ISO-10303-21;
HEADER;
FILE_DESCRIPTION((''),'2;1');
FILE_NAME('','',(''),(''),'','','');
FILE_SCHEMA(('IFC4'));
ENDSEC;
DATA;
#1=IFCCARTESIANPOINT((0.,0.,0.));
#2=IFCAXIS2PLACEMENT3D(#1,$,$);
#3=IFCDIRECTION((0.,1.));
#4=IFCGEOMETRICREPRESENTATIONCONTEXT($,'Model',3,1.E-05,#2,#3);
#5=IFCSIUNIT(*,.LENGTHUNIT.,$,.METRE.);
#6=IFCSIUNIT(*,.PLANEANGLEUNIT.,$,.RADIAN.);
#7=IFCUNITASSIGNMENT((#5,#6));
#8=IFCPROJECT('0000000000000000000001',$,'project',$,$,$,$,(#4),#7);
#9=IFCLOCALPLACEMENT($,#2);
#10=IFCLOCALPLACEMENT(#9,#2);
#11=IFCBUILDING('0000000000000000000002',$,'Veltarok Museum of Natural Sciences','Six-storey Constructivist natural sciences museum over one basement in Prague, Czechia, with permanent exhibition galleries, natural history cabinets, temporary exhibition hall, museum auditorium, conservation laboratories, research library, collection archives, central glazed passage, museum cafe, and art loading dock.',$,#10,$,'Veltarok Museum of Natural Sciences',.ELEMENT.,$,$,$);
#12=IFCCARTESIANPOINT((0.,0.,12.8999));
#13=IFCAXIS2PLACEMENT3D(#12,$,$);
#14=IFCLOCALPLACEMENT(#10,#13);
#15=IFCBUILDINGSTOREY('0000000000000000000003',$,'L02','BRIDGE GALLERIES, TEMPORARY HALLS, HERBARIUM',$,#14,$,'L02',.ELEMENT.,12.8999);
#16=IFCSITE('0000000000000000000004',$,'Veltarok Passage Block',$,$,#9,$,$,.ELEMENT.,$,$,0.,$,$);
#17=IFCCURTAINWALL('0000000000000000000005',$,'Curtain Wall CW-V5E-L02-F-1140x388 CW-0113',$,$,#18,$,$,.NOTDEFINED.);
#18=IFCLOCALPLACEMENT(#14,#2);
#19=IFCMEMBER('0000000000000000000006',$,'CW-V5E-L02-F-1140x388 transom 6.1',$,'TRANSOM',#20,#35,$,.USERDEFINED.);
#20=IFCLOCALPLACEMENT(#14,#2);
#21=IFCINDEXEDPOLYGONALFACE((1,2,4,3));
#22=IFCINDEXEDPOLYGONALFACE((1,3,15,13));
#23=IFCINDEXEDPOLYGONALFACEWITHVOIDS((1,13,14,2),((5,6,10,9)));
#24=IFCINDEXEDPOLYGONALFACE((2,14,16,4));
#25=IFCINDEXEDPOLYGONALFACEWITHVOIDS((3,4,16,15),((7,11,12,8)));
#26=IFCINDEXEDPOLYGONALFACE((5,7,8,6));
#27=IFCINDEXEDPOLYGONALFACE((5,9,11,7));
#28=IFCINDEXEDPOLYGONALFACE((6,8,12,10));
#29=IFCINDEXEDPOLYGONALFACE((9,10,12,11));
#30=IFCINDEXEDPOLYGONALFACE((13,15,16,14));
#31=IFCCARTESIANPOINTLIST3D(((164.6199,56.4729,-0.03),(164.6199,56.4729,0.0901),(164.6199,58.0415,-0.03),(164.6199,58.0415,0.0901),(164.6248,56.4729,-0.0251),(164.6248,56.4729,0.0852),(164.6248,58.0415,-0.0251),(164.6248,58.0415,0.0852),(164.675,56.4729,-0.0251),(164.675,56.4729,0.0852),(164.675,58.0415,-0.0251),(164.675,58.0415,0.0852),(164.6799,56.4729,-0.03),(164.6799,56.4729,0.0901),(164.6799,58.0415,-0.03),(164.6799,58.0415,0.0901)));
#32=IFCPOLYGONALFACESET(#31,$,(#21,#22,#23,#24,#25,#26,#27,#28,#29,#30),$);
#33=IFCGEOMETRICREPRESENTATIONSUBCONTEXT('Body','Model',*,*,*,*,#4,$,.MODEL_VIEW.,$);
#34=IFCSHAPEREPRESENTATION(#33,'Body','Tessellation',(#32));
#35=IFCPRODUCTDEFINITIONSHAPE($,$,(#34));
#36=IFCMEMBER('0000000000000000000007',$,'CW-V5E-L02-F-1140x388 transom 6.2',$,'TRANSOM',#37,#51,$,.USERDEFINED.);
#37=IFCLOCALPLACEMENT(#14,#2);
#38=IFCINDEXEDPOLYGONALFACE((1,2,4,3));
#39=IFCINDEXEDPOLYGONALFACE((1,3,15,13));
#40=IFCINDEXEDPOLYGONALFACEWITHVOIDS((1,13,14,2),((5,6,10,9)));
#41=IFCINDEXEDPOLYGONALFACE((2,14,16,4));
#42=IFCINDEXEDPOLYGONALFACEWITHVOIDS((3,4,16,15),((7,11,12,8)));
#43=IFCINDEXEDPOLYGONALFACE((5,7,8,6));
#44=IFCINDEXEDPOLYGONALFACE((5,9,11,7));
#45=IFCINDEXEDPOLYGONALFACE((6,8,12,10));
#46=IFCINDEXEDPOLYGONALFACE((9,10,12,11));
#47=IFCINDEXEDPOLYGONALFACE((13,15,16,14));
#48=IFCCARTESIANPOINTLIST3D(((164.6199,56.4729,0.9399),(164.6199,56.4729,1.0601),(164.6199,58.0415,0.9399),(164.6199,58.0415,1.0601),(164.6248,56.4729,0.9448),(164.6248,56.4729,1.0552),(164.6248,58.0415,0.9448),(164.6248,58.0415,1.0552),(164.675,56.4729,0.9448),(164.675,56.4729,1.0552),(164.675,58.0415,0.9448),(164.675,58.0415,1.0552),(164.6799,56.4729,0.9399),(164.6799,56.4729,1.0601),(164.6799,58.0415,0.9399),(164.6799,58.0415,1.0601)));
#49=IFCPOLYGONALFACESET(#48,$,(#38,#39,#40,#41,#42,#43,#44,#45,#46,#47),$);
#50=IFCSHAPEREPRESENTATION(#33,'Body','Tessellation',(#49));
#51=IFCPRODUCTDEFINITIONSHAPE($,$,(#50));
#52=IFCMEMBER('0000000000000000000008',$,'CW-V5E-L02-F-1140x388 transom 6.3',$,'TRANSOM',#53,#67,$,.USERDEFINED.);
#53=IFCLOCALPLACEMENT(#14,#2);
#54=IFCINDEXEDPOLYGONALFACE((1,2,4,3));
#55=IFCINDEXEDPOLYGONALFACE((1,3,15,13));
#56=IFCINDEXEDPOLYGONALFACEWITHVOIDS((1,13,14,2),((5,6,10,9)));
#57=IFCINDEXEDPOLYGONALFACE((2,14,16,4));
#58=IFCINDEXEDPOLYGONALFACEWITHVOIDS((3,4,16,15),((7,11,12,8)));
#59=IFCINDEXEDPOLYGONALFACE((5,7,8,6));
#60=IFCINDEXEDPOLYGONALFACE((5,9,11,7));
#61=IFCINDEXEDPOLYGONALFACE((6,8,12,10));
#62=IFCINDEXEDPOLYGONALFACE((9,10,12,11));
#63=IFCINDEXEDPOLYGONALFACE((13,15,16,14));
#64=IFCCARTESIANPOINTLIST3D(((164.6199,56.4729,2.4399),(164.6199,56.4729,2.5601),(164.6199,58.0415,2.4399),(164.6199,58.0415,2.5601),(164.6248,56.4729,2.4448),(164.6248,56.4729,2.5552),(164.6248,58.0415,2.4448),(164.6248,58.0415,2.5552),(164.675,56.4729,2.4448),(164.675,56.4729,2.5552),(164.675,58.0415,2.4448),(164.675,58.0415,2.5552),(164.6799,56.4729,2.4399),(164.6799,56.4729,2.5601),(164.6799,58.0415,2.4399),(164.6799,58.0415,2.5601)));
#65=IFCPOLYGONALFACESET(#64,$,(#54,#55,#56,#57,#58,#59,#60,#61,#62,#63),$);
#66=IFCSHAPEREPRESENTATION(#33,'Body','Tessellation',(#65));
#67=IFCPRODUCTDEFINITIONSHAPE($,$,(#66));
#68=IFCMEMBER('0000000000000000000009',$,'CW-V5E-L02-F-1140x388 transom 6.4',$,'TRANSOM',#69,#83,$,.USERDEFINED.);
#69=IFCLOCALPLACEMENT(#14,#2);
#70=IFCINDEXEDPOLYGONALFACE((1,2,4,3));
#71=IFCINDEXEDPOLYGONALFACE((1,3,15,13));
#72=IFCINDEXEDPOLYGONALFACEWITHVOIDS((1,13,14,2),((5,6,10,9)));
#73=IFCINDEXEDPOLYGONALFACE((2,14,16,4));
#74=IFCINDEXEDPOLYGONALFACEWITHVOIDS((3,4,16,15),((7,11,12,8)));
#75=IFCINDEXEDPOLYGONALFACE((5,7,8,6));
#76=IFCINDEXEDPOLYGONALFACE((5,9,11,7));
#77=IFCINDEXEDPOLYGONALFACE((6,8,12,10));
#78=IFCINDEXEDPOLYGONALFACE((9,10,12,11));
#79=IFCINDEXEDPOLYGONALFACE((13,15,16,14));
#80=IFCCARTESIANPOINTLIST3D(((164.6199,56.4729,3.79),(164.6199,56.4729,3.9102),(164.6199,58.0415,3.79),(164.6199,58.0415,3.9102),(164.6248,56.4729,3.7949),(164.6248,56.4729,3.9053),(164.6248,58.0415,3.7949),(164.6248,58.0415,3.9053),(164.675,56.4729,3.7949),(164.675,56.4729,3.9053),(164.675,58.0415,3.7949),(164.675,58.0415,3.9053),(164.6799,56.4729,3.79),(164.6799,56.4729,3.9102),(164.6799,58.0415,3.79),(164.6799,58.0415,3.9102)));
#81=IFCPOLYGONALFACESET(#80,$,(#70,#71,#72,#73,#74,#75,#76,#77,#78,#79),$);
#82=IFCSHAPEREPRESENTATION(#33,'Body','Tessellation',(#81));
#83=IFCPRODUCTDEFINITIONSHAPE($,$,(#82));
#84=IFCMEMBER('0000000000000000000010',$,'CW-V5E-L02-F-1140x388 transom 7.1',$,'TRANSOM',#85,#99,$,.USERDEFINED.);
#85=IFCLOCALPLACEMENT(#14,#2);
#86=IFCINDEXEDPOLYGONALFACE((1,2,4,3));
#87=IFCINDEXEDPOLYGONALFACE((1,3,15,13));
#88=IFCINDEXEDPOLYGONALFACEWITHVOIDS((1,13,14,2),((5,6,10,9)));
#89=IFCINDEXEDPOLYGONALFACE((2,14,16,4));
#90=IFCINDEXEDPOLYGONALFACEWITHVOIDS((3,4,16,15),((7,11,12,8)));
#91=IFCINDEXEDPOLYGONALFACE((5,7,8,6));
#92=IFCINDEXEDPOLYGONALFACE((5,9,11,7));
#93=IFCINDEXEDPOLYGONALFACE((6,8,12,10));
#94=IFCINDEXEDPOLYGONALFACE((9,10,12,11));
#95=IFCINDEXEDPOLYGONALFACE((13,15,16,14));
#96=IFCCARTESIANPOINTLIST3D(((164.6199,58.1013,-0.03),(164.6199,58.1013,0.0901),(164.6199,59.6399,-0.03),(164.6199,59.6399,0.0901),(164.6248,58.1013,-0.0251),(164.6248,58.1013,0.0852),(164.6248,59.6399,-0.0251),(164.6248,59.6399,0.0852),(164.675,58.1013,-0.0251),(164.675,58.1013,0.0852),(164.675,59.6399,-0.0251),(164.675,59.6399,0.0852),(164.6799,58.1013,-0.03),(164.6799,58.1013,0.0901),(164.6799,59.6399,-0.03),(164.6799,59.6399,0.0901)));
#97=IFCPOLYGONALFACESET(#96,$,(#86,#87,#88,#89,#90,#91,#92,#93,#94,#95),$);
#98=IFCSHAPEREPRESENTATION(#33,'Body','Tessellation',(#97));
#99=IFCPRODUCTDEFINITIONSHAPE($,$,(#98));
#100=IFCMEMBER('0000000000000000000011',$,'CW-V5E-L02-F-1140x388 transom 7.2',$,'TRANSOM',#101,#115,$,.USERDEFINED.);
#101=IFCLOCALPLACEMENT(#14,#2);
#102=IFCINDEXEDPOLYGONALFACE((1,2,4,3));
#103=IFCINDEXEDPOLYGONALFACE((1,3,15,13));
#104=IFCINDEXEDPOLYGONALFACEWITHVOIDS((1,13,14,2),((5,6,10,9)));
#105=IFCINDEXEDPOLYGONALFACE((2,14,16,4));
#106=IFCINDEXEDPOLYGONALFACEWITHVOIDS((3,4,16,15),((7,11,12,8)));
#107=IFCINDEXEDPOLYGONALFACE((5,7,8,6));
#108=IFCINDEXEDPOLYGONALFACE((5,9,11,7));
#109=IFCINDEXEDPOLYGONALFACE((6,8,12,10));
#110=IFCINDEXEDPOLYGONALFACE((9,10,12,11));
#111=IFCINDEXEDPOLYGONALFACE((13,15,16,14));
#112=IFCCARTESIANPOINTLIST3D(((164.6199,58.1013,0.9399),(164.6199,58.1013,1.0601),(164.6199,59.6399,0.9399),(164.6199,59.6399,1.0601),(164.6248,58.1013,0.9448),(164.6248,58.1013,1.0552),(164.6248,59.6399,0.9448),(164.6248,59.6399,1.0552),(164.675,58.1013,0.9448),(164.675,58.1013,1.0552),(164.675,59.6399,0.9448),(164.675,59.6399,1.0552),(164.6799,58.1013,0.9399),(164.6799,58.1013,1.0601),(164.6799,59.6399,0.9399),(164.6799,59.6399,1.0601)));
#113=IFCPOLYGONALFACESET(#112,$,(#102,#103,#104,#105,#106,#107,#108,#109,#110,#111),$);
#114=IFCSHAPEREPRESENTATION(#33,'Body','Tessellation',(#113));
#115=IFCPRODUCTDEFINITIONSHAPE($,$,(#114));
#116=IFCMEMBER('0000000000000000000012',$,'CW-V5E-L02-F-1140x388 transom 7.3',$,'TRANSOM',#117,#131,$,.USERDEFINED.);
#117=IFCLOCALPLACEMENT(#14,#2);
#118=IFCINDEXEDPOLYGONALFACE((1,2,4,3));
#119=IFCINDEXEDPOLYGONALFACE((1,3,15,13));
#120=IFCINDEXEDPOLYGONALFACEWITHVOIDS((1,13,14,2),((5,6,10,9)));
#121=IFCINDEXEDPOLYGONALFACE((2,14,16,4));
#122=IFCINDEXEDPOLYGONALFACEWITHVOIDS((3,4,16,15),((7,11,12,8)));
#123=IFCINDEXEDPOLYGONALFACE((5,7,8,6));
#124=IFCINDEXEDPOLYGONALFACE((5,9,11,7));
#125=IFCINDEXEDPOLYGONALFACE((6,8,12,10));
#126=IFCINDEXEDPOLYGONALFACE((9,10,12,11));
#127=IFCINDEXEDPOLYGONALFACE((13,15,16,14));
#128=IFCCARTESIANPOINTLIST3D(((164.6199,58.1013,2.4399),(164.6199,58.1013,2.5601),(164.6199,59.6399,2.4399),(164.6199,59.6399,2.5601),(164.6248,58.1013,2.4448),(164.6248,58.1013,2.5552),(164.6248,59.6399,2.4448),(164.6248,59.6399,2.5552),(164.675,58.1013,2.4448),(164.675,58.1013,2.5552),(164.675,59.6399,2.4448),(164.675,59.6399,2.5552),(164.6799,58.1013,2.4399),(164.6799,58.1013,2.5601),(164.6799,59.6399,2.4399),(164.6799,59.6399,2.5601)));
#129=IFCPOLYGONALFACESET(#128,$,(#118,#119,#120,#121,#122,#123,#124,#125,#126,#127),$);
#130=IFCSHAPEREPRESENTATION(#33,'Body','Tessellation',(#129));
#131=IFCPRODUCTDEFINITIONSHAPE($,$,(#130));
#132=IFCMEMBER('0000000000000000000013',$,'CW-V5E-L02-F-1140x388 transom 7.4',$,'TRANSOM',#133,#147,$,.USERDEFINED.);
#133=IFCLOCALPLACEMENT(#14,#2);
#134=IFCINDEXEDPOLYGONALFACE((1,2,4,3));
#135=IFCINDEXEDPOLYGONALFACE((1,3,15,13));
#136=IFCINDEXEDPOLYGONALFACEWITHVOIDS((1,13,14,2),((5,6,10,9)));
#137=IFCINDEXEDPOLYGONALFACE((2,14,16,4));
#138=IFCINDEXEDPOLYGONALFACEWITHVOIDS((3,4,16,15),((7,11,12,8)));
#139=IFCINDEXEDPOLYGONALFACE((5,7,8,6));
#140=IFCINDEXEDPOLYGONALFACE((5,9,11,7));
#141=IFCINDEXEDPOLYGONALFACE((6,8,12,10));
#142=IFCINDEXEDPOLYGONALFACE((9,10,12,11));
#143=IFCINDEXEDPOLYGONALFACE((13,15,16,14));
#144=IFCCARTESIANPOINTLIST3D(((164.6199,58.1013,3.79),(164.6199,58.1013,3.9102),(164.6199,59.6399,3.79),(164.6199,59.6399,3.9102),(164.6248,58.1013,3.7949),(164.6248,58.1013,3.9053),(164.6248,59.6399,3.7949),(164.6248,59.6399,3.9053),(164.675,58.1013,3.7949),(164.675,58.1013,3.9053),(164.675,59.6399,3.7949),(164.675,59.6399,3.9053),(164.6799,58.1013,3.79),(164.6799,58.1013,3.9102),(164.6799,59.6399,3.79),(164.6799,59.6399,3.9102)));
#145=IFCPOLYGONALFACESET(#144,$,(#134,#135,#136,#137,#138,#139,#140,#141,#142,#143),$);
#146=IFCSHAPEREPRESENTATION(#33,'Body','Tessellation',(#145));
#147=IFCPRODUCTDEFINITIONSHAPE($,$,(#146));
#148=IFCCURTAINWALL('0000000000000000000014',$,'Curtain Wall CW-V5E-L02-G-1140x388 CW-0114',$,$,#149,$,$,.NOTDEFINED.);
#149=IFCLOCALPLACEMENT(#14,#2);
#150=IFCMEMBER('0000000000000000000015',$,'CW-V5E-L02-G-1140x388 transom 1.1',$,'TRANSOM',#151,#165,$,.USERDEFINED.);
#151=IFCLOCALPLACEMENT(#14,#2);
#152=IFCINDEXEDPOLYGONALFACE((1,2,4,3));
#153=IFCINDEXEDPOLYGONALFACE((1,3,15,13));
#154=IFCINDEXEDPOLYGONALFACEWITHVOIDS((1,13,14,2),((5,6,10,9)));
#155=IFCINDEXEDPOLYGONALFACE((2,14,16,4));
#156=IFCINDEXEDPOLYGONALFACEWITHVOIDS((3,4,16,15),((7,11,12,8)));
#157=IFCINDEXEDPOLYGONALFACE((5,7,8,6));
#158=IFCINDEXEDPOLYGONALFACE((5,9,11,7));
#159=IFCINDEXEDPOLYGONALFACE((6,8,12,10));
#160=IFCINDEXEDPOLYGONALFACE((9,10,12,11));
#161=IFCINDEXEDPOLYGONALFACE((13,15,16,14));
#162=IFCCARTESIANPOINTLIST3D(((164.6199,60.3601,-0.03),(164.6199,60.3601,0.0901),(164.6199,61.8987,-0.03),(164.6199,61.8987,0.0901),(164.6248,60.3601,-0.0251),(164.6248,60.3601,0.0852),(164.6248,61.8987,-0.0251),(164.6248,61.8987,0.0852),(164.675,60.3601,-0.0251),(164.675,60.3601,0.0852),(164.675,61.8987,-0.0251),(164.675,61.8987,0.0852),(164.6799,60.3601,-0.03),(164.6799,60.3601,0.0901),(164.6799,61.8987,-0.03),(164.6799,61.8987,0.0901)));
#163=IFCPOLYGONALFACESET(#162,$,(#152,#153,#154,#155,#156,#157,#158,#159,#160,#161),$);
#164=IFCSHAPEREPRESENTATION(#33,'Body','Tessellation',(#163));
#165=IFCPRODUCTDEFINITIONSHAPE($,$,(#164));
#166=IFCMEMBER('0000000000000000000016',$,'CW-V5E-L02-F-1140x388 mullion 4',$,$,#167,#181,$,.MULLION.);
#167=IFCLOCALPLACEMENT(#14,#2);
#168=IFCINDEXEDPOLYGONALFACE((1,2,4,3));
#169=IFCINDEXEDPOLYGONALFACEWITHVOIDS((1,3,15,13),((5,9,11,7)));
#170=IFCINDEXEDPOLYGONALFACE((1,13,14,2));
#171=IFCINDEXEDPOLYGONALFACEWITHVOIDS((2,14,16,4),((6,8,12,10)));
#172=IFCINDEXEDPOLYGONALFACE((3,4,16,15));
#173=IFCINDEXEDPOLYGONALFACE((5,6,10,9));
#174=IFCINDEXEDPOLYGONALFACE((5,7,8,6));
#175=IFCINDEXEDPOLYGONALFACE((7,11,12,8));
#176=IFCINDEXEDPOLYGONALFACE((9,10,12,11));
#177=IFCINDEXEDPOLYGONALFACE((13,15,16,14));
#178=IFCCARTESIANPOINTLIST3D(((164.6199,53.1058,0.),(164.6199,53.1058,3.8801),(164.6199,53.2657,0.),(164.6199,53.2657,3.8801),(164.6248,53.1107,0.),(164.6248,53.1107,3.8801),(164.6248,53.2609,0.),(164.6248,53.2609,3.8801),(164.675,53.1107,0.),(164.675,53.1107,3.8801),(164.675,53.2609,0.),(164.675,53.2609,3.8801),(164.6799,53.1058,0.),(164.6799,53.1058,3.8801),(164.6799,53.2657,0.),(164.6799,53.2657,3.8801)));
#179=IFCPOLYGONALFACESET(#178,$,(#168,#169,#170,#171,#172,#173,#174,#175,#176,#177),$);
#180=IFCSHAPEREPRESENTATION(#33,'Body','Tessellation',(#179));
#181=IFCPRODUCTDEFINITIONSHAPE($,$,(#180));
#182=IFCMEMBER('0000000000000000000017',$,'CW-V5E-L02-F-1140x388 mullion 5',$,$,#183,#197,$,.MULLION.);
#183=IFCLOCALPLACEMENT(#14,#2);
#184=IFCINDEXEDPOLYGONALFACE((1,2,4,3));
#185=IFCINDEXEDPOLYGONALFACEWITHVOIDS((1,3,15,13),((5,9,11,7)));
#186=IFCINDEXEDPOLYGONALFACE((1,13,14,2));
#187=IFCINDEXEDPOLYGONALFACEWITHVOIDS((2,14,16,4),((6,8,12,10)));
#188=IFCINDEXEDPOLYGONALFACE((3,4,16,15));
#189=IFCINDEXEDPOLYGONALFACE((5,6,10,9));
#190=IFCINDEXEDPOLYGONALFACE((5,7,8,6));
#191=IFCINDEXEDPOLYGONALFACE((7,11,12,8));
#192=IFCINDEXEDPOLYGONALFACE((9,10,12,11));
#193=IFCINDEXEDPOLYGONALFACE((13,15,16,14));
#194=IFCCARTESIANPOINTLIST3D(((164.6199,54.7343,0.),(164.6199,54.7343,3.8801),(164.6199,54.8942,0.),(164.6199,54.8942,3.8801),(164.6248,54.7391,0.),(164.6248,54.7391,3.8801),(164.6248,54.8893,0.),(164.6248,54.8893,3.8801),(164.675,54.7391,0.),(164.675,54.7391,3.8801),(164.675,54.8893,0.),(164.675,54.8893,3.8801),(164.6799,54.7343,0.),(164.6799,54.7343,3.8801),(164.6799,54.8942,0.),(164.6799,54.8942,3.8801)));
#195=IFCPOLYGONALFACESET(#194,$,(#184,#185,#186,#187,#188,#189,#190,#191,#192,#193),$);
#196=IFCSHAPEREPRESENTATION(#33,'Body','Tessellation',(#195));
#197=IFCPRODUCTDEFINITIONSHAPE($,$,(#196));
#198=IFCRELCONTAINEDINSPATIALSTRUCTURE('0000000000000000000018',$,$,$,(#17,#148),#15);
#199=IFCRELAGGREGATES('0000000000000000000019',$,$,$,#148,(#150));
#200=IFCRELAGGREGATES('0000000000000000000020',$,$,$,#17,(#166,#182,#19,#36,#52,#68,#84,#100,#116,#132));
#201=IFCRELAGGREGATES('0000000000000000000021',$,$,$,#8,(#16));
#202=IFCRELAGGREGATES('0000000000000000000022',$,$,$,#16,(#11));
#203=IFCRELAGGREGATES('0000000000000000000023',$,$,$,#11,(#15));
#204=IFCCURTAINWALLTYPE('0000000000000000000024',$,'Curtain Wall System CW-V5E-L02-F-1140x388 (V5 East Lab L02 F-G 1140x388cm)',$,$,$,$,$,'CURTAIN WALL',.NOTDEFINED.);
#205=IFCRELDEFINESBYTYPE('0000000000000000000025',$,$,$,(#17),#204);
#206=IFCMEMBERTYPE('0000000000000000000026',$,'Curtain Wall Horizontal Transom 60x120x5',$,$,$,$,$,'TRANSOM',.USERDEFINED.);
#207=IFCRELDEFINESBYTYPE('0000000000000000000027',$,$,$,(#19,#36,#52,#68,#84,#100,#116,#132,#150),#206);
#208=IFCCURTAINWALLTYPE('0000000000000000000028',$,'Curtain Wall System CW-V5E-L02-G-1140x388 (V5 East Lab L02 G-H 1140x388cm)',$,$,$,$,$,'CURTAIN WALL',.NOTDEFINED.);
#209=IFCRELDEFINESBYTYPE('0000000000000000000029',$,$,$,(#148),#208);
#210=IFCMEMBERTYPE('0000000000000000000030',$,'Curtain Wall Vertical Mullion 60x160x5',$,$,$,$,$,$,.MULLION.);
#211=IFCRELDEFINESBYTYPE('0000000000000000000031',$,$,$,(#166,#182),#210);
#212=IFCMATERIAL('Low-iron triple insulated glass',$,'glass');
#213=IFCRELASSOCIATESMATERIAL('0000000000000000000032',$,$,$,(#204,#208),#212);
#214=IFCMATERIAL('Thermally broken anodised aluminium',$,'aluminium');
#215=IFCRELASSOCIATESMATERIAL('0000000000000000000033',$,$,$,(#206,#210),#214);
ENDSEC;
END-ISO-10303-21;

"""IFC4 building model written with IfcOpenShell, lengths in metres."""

from ifc_helpers import new_model, si_unit, direction, frame, origin, origin_2d, place, context, subcontext, project, spatial, hollow_rectangle, extrude, material, material_profile, profile_set, type_object, element, aggregate, save


model = new_model("IFC4")

# Units and contexts
model_context = context("Model", 3, precision=1e-05, world=origin(), true_north=direction((0.0, 1.0)))
body_context = subcontext(model_context, "Body", "Model", "MODEL_VIEW")
ifc_project = project(units=[si_unit("LENGTHUNIT", "METRE"), si_unit("PLANEANGLEUNIT", "RADIAN")], contexts=[model_context])

# Site, building, storey
site_placement = place(None, origin())
site = spatial("IfcSite", under=ifc_project, at=site_placement, Name="Veltarok Passage Block", CompositionType="ELEMENT", RefElevation=0.0)
building_placement = place(site_placement, origin())
building = spatial("IfcBuilding", under=site, at=building_placement, Name="Veltarok Museum of Natural Sciences", Description="Six-storey Constructivist natural sciences museum over one basement in Prague, Czechia, with permanent exhibition galleries, natural history cabinets, temporary exhibition hall, museum auditorium, conservation laboratories, research library, collection archives, central glazed passage, museum cafe, and art loading dock.", LongName="Veltarok Museum of Natural Sciences", CompositionType="ELEMENT")
storey_placement = place(building_placement, frame((0.0, 0.0, 12.8999)))
storey = spatial("IfcBuildingStorey", under=building, at=storey_placement, Name="L02", Description="BRIDGE GALLERIES, TEMPORARY HALLS, HERBARIUM", LongName="L02", CompositionType="ELEMENT", Elevation=12.8999)

# Curtain wall, members
ifc_material_1 = material(Name="Low-iron triple insulated glass", Category="glass")
curtain_wall_type_1 = type_object("IfcCurtainWallType", Name="Curtain Wall System CW-V5E-L02-F-1140x388 (V5 East Lab L02 F-G 1140x388cm)", ElementType="CURTAIN WALL", PredefinedType="NOTDEFINED", material=ifc_material_1)
curtain_wall_1_placement = place(storey_placement, origin())
curtain_wall_1 = element("IfcCurtainWall", 1, at=curtain_wall_1_placement, inside=storey, type_object=curtain_wall_type_1, Name="Curtain Wall CW-V5E-L02-F-1140x388 CW-0113", PredefinedType="NOTDEFINED")
ifc_material_2 = material(Name="Thermally broken anodised aluminium", Category="aluminium")
ifc_material_profile_1 = material_profile(ifc_material_2, hollow_rectangle(XDim=0.0601, YDim=0.1201, WallThickness=0.0049, at=origin_2d()), Name="CW TRANSOM 60x120x5")
ifc_profile_set_1 = profile_set([ifc_material_profile_1], Name="Thermally broken anodised aluminium")
member_type_1 = type_object("IfcMemberType", Name="Curtain Wall Horizontal Transom 60x120x5", ElementType="TRANSOM", PredefinedType="USERDEFINED", material=ifc_profile_set_1)
member_1_placement = place(storey_placement, frame((164.6499, 56.4729, 0.03), z_axis=(0.0, 1.0, 0.0), x_axis=(-1.0, 0.0, 0.0)))
member_1 = element("IfcMember", 2, at=member_1_placement, type_object=member_type_1, Name="CW-V5E-L02-F-1140x388 transom 6.1", ObjectType="TRANSOM", PredefinedType="USERDEFINED", context=body_context, shape_type="SweptSolid", body=[
    extrude(hollow_rectangle(XDim=0.0601, YDim=0.1201, WallThickness=0.0049, at=origin_2d()), origin(), (0.0, 0.0, 1.0), 1.5686),
])
member_2_placement = place(storey_placement, frame((164.6499, 56.4729, 1.0), z_axis=(0.0, 1.0, 0.0), x_axis=(-1.0, 0.0, 0.0)))
member_2 = element("IfcMember", 3, at=member_2_placement, type_object=member_type_1, Name="CW-V5E-L02-F-1140x388 transom 6.2", ObjectType="TRANSOM", PredefinedType="USERDEFINED", context=body_context, shape_type="SweptSolid", body=[
    extrude(hollow_rectangle(XDim=0.0601, YDim=0.1201, WallThickness=0.0049, at=origin_2d()), origin(), (0.0, 0.0, 1.0), 1.5686),
])
member_3_placement = place(storey_placement, frame((164.6499, 56.4729, 2.5), z_axis=(0.0, 1.0, 0.0), x_axis=(-1.0, 0.0, 0.0)))
member_3 = element("IfcMember", 4, at=member_3_placement, type_object=member_type_1, Name="CW-V5E-L02-F-1140x388 transom 6.3", ObjectType="TRANSOM", PredefinedType="USERDEFINED", context=body_context, shape_type="SweptSolid", body=[
    extrude(hollow_rectangle(XDim=0.0601, YDim=0.1201, WallThickness=0.0049, at=origin_2d()), origin(), (0.0, 0.0, 1.0), 1.5686),
])
member_4_placement = place(storey_placement, frame((164.6499, 56.4729, 3.8501), z_axis=(0.0, 1.0, 0.0), x_axis=(-1.0, 0.0, 0.0)))
member_4 = element("IfcMember", 5, at=member_4_placement, type_object=member_type_1, Name="CW-V5E-L02-F-1140x388 transom 6.4", ObjectType="TRANSOM", PredefinedType="USERDEFINED", context=body_context, shape_type="SweptSolid", body=[
    extrude(hollow_rectangle(XDim=0.0601, YDim=0.1201, WallThickness=0.0049, at=origin_2d()), origin(), (0.0, 0.0, 1.0), 1.5686),
])
member_5_placement = place(storey_placement, frame((164.6499, 58.1013, 0.03), z_axis=(0.0, 1.0, 0.0), x_axis=(-1.0, 0.0, 0.0)))
member_5 = element("IfcMember", 6, at=member_5_placement, type_object=member_type_1, Name="CW-V5E-L02-F-1140x388 transom 7.1", ObjectType="TRANSOM", PredefinedType="USERDEFINED", context=body_context, shape_type="SweptSolid", body=[
    extrude(hollow_rectangle(XDim=0.0601, YDim=0.1201, WallThickness=0.0049, at=origin_2d()), origin(), (0.0, 0.0, 1.0), 1.5386),
])
member_6_placement = place(storey_placement, frame((164.6499, 58.1013, 1.0), z_axis=(0.0, 1.0, 0.0), x_axis=(-1.0, 0.0, 0.0)))
member_6 = element("IfcMember", 7, at=member_6_placement, type_object=member_type_1, Name="CW-V5E-L02-F-1140x388 transom 7.2", ObjectType="TRANSOM", PredefinedType="USERDEFINED", context=body_context, shape_type="SweptSolid", body=[
    extrude(hollow_rectangle(XDim=0.0601, YDim=0.1201, WallThickness=0.0049, at=origin_2d()), origin(), (0.0, 0.0, 1.0), 1.5386),
])
member_7_placement = place(storey_placement, frame((164.6499, 58.1013, 2.5), z_axis=(0.0, 1.0, 0.0), x_axis=(-1.0, 0.0, 0.0)))
member_7 = element("IfcMember", 8, at=member_7_placement, type_object=member_type_1, Name="CW-V5E-L02-F-1140x388 transom 7.3", ObjectType="TRANSOM", PredefinedType="USERDEFINED", context=body_context, shape_type="SweptSolid", body=[
    extrude(hollow_rectangle(XDim=0.0601, YDim=0.1201, WallThickness=0.0049, at=origin_2d()), origin(), (0.0, 0.0, 1.0), 1.5386),
])
member_8_placement = place(storey_placement, frame((164.6499, 58.1013, 3.8501), z_axis=(0.0, 1.0, 0.0), x_axis=(-1.0, 0.0, 0.0)))
member_8 = element("IfcMember", 9, at=member_8_placement, type_object=member_type_1, Name="CW-V5E-L02-F-1140x388 transom 7.4", ObjectType="TRANSOM", PredefinedType="USERDEFINED", context=body_context, shape_type="SweptSolid", body=[
    extrude(hollow_rectangle(XDim=0.0601, YDim=0.1201, WallThickness=0.0049, at=origin_2d()), origin(), (0.0, 0.0, 1.0), 1.5386),
])

# Curtain wall, member
curtain_wall_type_2 = type_object("IfcCurtainWallType", Name="Curtain Wall System CW-V5E-L02-G-1140x388 (V5 East Lab L02 G-H 1140x388cm)", ElementType="CURTAIN WALL", PredefinedType="NOTDEFINED", material=ifc_material_1)
curtain_wall_2_placement = place(storey_placement, origin())
curtain_wall_2 = element("IfcCurtainWall", 10, at=curtain_wall_2_placement, inside=storey, type_object=curtain_wall_type_2, Name="Curtain Wall CW-V5E-L02-G-1140x388 CW-0114", PredefinedType="NOTDEFINED")
member_9_placement = place(storey_placement, frame((164.6499, 60.3601, 0.03), z_axis=(0.0, 1.0, 0.0), x_axis=(-1.0, 0.0, 0.0)))
member_9 = element("IfcMember", 11, at=member_9_placement, type_object=member_type_1, Name="CW-V5E-L02-G-1140x388 transom 1.1", ObjectType="TRANSOM", PredefinedType="USERDEFINED", context=body_context, shape_type="SweptSolid", body=[
    extrude(hollow_rectangle(XDim=0.0601, YDim=0.1201, WallThickness=0.0049, at=origin_2d()), origin(), (0.0, 0.0, 1.0), 1.5386),
])

# Members
ifc_material_profile_2 = material_profile(ifc_material_2, hollow_rectangle(XDim=0.0601, YDim=0.1599, WallThickness=0.0049, at=origin_2d()), Name="CW MULLION 60x160x5")
ifc_profile_set_2 = profile_set([ifc_material_profile_2], Name="Thermally broken anodised aluminium")
member_type_2 = type_object("IfcMemberType", Name="Curtain Wall Vertical Mullion 60x160x5", PredefinedType="MULLION", material=ifc_profile_set_2)
member_10_placement = place(storey_placement, frame((164.6499, 53.1858, 0.0), z_axis=(0.0, 0.0, 1.0), x_axis=(-1.0, 0.0, 0.0)))
member_10 = element("IfcMember", 12, at=member_10_placement, type_object=member_type_2, Name="CW-V5E-L02-F-1140x388 mullion 4", PredefinedType="MULLION", context=body_context, shape_type="SweptSolid", body=[
    extrude(hollow_rectangle(XDim=0.0601, YDim=0.1599, WallThickness=0.0049, at=origin_2d()), origin(), (0.0, 0.0, 1.0), 3.8801),
])
member_11_placement = place(storey_placement, frame((164.6499, 54.8142, 0.0), z_axis=(0.0, 0.0, 1.0), x_axis=(-1.0, 0.0, 0.0)))
member_11 = element("IfcMember", 13, at=member_11_placement, type_object=member_type_2, Name="CW-V5E-L02-F-1140x388 mullion 5", PredefinedType="MULLION", context=body_context, shape_type="SweptSolid", body=[
    extrude(hollow_rectangle(XDim=0.0601, YDim=0.1599, WallThickness=0.0049, at=origin_2d()), origin(), (0.0, 0.0, 1.0), 3.8801),
])
aggregate(curtain_wall_2, [member_9])

aggregate(curtain_wall_1, [member_10, member_11, member_1, member_2, member_3, member_4, member_5, member_6, member_7, member_8])

save(model, "model.ifc")
